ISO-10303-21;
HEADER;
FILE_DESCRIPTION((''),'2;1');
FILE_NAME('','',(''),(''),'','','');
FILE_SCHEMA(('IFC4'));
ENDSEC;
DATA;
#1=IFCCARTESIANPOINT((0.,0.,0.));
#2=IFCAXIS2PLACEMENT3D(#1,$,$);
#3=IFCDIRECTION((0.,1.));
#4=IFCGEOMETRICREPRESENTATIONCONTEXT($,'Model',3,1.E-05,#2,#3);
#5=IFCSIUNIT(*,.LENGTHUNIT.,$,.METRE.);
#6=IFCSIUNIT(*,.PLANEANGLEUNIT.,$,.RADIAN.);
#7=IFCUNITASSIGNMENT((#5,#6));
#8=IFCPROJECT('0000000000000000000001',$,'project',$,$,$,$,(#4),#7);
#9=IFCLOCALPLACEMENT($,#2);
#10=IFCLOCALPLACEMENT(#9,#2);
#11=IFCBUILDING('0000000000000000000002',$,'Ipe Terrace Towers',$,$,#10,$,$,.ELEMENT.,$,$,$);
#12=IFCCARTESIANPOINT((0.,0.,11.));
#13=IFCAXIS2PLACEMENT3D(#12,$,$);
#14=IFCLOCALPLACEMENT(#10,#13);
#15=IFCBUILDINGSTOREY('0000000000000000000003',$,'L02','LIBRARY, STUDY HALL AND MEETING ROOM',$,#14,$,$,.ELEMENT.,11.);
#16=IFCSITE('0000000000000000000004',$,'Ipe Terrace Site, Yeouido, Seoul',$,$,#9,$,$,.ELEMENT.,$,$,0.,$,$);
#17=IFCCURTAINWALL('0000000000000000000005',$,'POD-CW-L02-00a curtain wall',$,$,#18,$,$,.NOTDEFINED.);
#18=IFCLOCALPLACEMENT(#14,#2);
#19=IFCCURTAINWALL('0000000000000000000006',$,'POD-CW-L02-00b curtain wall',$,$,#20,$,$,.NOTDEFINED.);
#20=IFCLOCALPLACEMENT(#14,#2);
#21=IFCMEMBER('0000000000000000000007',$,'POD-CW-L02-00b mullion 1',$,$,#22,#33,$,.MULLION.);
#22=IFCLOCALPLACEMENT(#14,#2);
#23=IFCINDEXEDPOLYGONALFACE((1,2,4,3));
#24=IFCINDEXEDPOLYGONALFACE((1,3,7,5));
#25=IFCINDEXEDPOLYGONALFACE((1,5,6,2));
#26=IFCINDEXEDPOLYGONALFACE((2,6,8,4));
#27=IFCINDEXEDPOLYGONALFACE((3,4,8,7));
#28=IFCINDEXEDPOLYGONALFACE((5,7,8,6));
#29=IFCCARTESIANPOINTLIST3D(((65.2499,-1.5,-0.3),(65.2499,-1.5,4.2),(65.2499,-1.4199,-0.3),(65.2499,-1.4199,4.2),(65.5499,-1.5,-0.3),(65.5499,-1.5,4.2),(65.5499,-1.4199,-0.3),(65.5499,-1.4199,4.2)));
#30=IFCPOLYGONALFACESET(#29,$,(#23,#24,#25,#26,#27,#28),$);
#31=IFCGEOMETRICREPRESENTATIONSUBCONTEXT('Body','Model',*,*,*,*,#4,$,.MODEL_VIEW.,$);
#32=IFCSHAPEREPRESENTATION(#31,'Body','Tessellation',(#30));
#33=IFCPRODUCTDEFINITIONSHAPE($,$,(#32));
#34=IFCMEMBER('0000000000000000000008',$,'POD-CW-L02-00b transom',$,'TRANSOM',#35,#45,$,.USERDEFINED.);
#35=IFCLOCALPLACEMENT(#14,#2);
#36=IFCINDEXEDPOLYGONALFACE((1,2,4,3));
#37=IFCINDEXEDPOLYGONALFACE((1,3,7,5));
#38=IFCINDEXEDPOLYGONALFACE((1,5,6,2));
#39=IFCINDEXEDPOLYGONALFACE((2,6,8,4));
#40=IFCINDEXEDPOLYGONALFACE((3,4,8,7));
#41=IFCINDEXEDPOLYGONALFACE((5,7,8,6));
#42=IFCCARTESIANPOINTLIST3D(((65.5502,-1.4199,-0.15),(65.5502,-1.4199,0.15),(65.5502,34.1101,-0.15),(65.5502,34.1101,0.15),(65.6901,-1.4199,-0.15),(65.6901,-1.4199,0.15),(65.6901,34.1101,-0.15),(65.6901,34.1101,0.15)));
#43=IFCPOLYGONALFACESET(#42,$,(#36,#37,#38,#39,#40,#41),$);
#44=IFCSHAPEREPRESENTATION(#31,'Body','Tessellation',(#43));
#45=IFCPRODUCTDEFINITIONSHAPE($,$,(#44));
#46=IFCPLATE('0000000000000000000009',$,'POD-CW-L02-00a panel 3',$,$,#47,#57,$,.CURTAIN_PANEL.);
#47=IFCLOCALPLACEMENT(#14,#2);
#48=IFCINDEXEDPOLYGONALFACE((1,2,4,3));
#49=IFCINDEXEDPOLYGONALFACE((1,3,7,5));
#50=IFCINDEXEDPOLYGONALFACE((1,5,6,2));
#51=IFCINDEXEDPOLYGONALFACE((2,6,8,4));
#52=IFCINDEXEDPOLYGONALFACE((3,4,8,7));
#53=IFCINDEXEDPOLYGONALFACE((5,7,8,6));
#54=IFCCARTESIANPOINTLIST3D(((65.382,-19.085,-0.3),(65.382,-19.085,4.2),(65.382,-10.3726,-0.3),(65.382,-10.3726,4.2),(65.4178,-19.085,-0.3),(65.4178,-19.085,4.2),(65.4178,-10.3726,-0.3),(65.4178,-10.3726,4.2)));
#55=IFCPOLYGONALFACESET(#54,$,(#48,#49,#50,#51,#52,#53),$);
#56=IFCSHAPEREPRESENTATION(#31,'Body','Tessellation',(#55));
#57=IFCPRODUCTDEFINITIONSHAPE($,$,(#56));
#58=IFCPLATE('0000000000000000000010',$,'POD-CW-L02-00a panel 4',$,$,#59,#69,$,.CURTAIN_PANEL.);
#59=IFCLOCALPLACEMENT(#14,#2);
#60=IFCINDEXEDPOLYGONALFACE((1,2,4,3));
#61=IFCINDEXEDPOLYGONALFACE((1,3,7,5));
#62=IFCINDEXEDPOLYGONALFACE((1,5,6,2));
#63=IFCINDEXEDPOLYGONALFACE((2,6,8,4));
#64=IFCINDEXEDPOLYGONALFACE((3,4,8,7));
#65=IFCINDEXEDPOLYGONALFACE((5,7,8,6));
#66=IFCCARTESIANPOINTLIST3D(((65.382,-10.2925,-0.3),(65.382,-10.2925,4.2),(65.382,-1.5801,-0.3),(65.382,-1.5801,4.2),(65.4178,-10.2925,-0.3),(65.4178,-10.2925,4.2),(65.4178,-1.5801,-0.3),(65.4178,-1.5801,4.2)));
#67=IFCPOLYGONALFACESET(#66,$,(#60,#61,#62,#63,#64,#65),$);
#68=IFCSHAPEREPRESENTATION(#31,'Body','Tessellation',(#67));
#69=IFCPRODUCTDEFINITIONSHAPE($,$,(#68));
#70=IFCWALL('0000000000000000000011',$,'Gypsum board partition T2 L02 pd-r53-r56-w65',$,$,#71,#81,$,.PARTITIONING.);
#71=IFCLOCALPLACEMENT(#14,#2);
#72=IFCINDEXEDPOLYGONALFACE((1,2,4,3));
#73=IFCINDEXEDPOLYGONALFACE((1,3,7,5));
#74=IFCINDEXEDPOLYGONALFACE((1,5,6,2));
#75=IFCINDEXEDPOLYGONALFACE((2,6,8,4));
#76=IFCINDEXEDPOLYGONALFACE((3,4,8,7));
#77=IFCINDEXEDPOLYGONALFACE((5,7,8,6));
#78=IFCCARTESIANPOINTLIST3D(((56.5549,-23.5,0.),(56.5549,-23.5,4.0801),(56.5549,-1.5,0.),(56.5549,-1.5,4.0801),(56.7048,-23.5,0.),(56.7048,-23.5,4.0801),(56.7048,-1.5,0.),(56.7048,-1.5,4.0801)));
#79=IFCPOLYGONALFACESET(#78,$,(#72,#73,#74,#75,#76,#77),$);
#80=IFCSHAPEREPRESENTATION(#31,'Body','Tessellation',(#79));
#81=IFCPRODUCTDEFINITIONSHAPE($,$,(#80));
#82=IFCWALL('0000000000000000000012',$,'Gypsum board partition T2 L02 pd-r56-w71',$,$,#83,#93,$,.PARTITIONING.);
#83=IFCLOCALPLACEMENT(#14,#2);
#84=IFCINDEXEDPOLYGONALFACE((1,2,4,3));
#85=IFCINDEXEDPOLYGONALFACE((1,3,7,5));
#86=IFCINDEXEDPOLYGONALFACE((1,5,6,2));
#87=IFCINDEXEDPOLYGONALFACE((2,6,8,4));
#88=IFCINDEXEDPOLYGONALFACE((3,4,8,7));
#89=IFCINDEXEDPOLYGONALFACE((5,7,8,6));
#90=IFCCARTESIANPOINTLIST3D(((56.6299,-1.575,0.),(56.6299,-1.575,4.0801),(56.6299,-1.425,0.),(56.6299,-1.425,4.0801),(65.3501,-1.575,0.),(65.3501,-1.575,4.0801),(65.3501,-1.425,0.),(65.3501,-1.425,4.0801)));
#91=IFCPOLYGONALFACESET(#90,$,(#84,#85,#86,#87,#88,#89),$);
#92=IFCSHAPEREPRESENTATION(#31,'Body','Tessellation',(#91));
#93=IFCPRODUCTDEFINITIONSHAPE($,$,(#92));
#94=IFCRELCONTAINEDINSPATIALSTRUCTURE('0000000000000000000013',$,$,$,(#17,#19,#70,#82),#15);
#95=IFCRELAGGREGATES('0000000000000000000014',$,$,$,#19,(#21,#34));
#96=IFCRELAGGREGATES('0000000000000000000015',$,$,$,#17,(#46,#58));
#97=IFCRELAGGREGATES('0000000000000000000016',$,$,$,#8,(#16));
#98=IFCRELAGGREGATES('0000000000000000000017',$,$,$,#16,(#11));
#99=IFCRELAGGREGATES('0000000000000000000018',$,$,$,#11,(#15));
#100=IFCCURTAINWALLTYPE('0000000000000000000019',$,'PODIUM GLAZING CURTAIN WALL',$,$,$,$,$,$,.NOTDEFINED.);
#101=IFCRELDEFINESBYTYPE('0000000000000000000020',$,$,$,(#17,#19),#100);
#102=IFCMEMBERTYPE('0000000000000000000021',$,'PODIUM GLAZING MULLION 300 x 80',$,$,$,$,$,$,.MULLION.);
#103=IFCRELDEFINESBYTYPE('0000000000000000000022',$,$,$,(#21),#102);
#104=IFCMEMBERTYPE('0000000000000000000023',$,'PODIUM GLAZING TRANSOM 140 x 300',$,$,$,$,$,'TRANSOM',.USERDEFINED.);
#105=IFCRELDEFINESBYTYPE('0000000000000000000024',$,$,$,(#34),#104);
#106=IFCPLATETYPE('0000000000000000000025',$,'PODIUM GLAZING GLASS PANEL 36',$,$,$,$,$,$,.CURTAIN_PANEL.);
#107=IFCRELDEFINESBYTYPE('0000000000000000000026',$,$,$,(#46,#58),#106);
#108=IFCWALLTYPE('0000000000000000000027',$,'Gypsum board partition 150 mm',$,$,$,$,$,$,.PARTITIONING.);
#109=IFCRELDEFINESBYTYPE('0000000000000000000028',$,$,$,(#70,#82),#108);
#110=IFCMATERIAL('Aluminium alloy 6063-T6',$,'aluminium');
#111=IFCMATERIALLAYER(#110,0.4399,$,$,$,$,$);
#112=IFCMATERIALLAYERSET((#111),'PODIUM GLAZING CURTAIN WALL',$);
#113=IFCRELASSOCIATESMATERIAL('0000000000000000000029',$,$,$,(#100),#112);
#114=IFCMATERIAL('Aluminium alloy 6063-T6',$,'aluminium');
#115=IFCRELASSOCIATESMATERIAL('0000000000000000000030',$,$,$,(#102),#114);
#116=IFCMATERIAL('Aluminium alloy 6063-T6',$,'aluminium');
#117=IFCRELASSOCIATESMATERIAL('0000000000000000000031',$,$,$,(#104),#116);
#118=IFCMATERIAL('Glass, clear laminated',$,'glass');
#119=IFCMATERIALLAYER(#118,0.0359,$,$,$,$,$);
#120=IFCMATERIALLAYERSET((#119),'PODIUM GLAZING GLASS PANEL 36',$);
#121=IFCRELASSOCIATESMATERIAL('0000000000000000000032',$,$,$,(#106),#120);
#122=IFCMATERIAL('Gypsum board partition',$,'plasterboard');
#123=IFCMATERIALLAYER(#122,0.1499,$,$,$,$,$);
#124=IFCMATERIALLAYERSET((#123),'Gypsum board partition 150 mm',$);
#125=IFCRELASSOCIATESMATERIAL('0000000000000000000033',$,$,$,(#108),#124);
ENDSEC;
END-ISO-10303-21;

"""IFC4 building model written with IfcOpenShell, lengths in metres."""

from ifc_helpers import new_model, si_unit, direction, frame, frame_2d, origin, origin_2d, place, context, subcontext, project, spatial, rectangle, extrude, material, layer, layer_set, material_profile, profile_set, type_object, element, aggregate, save


model = new_model("IFC4")

# Units and contexts
model_context = context("Model", 3, precision=1e-05, world=origin(), true_north=direction((0.0, 1.0)))
body_context = subcontext(model_context, "Body", "Model", "MODEL_VIEW")
ifc_project = project(units=[si_unit("LENGTHUNIT", "METRE"), si_unit("PLANEANGLEUNIT", "RADIAN")], contexts=[model_context])

# Site, building, storey
site_placement = place(None, origin())
site = spatial("IfcSite", under=ifc_project, at=site_placement, Name="Ipe Terrace Site, Yeouido, Seoul", CompositionType="ELEMENT", RefElevation=0.0)
building_placement = place(site_placement, origin())
building = spatial("IfcBuilding", under=site, at=building_placement, Name="Ipe Terrace Towers", CompositionType="ELEMENT")
storey_placement = place(building_placement, frame((0.0, 0.0, 11.0)))
storey = spatial("IfcBuildingStorey", under=building, at=storey_placement, Name="L02", Description="LIBRARY, STUDY HALL AND MEETING ROOM", CompositionType="ELEMENT", Elevation=11.0)

# Curtain walls, members
ifc_material_1 = material(Name="Aluminium alloy 6063-T6", Category="aluminium")
ifc_layer_1 = layer(ifc_material_1, 0.4399)
ifc_layer_set_1 = layer_set([ifc_layer_1], Name="PODIUM GLAZING CURTAIN WALL")
curtain_wall_type = type_object("IfcCurtainWallType", Name="PODIUM GLAZING CURTAIN WALL", PredefinedType="NOTDEFINED", material=ifc_layer_set_1)
curtain_wall_1_placement = place(storey_placement, origin())
curtain_wall_1 = element("IfcCurtainWall", 1, at=curtain_wall_1_placement, inside=storey, type_object=curtain_wall_type, Name="POD-CW-L02-00a curtain wall", PredefinedType="NOTDEFINED")
ifc_material_2 = material(Name="Aluminium alloy 6063-T6", Category="aluminium")
ifc_material_profile_1 = material_profile(ifc_material_2, rectangle(XDim=0.3, YDim=0.0801, at=origin_2d()), Name="PODIUM GLAZING MULLION 300 x 80")
ifc_profile_set_1 = profile_set([ifc_material_profile_1], Name="Aluminium alloy 6063-T6")
member_type_1 = type_object("IfcMemberType", Name="PODIUM GLAZING MULLION 300 x 80", PredefinedType="MULLION", material=ifc_profile_set_1)
curtain_wall_2_placement = place(storey_placement, origin())
curtain_wall_2 = element("IfcCurtainWall", 2, at=curtain_wall_2_placement, inside=storey, type_object=curtain_wall_type, Name="POD-CW-L02-00b curtain wall", PredefinedType="NOTDEFINED")
member_1_placement = place(storey_placement, frame((65.3999, -1.46, -0.3), z_axis=(0.0, 0.0, 1.0), x_axis=(1.0, 0.0, 0.0)))
member_1 = element("IfcMember", 3, at=member_1_placement, type_object=member_type_1, Name="POD-CW-L02-00b mullion 1", PredefinedType="MULLION", context=body_context, shape_type="SweptSolid", body=[
    extrude(rectangle(XDim=0.3, YDim=0.0801, at=origin_2d()), origin(), (0.0, 0.0, 1.0), 4.5),
])
ifc_material_3 = material(Name="Aluminium alloy 6063-T6", Category="aluminium")
ifc_material_profile_2 = material_profile(ifc_material_3, rectangle(XDim=0.1399, YDim=0.3, at=origin_2d()), Name="PODIUM GLAZING TRANSOM 140 x 300")
ifc_profile_set_2 = profile_set([ifc_material_profile_2], Name="Aluminium alloy 6063-T6")
member_type_2 = type_object("IfcMemberType", Name="PODIUM GLAZING TRANSOM 140 x 300", ElementType="TRANSOM", PredefinedType="USERDEFINED", material=ifc_profile_set_2)
member_2_placement = place(storey_placement, frame((65.6201, -1.4199, 0.0), z_axis=(0.0, 1.0, 0.0), x_axis=(1.0, 0.0, 0.0)))
member_2 = element("IfcMember", 4, at=member_2_placement, type_object=member_type_2, Name="POD-CW-L02-00b transom", ObjectType="TRANSOM", PredefinedType="USERDEFINED", context=body_context, shape_type="SweptSolid", body=[
    extrude(rectangle(XDim=0.1399, YDim=0.3, at=origin_2d()), origin(), (0.0, 0.0, 1.0), 35.53),
])
aggregate(curtain_wall_2, [member_1, member_2])

# Plates
ifc_material_4 = material(Name="Glass, clear laminated", Category="glass")
ifc_layer_2 = layer(ifc_material_4, 0.0359)
ifc_layer_set_2 = layer_set([ifc_layer_2], Name="PODIUM GLAZING GLASS PANEL 36")
plate_type = type_object("IfcPlateType", Name="PODIUM GLAZING GLASS PANEL 36", PredefinedType="CURTAIN_PANEL", material=ifc_layer_set_2)
plate_1_placement = place(storey_placement, frame((65.3999, -14.7288, -0.3), z_axis=(0.0, 0.0, 1.0), x_axis=(0.0, 1.0, 0.0)))
plate_1 = element("IfcPlate", 5, at=plate_1_placement, type_object=plate_type, Name="POD-CW-L02-00a panel 3", PredefinedType="CURTAIN_PANEL", context=body_context, shape_type="SweptSolid", body=[
    extrude(rectangle(XDim=8.7124, YDim=0.0359, at=origin_2d()), origin(), (0.0, 0.0, 1.0), 4.5),
])
plate_2_placement = place(storey_placement, frame((65.3999, -5.9363, -0.3), z_axis=(0.0, 0.0, 1.0), x_axis=(0.0, 1.0, 0.0)))
plate_2 = element("IfcPlate", 6, at=plate_2_placement, type_object=plate_type, Name="POD-CW-L02-00a panel 4", PredefinedType="CURTAIN_PANEL", context=body_context, shape_type="SweptSolid", body=[
    extrude(rectangle(XDim=8.7124, YDim=0.0359, at=origin_2d()), origin(), (0.0, 0.0, 1.0), 4.5),
])
aggregate(curtain_wall_1, [plate_1, plate_2])

# Walls
ifc_material_5 = material(Name="Gypsum board partition", Category="plasterboard")
ifc_layer_3 = layer(ifc_material_5, 0.1499)
ifc_layer_set_3 = layer_set([ifc_layer_3], Name="Gypsum board partition 150 mm")
wall_type = type_object("IfcWallType", Name="Gypsum board partition 150 mm", PredefinedType="PARTITIONING", material=ifc_layer_set_3)
wall_1_placement = place(storey_placement, frame((56.6299, -1.5, 0.0), z_axis=(0.0, 0.0, 1.0), x_axis=(0.0, -1.0, 0.0)))
element("IfcWall", 7, at=wall_1_placement, inside=storey, type_object=wall_type, Name="Gypsum board partition T2 L02 pd-r53-r56-w65", PredefinedType="PARTITIONING", context=body_context, shape_type="SweptSolid", body=[
    extrude(rectangle(XDim=22.0, YDim=0.1499, at=frame_2d((11.0, 0.0))), origin(), (0.0, 0.0, 1.0), 4.0801),
])
wall_2_placement = place(storey_placement, frame((56.6299, -1.5, 0.0), z_axis=(0.0, 0.0, 1.0), x_axis=(1.0, 0.0, 0.0)))
element("IfcWall", 8, at=wall_2_placement, inside=storey, type_object=wall_type, Name="Gypsum board partition T2 L02 pd-r56-w71", PredefinedType="PARTITIONING", context=body_context, shape_type="SweptSolid", body=[
    extrude(rectangle(XDim=8.7202, YDim=0.1499, at=frame_2d((4.3601, 0.0))), origin(), (0.0, 0.0, 1.0), 4.0801),
])

save(model, "model.ifc")
